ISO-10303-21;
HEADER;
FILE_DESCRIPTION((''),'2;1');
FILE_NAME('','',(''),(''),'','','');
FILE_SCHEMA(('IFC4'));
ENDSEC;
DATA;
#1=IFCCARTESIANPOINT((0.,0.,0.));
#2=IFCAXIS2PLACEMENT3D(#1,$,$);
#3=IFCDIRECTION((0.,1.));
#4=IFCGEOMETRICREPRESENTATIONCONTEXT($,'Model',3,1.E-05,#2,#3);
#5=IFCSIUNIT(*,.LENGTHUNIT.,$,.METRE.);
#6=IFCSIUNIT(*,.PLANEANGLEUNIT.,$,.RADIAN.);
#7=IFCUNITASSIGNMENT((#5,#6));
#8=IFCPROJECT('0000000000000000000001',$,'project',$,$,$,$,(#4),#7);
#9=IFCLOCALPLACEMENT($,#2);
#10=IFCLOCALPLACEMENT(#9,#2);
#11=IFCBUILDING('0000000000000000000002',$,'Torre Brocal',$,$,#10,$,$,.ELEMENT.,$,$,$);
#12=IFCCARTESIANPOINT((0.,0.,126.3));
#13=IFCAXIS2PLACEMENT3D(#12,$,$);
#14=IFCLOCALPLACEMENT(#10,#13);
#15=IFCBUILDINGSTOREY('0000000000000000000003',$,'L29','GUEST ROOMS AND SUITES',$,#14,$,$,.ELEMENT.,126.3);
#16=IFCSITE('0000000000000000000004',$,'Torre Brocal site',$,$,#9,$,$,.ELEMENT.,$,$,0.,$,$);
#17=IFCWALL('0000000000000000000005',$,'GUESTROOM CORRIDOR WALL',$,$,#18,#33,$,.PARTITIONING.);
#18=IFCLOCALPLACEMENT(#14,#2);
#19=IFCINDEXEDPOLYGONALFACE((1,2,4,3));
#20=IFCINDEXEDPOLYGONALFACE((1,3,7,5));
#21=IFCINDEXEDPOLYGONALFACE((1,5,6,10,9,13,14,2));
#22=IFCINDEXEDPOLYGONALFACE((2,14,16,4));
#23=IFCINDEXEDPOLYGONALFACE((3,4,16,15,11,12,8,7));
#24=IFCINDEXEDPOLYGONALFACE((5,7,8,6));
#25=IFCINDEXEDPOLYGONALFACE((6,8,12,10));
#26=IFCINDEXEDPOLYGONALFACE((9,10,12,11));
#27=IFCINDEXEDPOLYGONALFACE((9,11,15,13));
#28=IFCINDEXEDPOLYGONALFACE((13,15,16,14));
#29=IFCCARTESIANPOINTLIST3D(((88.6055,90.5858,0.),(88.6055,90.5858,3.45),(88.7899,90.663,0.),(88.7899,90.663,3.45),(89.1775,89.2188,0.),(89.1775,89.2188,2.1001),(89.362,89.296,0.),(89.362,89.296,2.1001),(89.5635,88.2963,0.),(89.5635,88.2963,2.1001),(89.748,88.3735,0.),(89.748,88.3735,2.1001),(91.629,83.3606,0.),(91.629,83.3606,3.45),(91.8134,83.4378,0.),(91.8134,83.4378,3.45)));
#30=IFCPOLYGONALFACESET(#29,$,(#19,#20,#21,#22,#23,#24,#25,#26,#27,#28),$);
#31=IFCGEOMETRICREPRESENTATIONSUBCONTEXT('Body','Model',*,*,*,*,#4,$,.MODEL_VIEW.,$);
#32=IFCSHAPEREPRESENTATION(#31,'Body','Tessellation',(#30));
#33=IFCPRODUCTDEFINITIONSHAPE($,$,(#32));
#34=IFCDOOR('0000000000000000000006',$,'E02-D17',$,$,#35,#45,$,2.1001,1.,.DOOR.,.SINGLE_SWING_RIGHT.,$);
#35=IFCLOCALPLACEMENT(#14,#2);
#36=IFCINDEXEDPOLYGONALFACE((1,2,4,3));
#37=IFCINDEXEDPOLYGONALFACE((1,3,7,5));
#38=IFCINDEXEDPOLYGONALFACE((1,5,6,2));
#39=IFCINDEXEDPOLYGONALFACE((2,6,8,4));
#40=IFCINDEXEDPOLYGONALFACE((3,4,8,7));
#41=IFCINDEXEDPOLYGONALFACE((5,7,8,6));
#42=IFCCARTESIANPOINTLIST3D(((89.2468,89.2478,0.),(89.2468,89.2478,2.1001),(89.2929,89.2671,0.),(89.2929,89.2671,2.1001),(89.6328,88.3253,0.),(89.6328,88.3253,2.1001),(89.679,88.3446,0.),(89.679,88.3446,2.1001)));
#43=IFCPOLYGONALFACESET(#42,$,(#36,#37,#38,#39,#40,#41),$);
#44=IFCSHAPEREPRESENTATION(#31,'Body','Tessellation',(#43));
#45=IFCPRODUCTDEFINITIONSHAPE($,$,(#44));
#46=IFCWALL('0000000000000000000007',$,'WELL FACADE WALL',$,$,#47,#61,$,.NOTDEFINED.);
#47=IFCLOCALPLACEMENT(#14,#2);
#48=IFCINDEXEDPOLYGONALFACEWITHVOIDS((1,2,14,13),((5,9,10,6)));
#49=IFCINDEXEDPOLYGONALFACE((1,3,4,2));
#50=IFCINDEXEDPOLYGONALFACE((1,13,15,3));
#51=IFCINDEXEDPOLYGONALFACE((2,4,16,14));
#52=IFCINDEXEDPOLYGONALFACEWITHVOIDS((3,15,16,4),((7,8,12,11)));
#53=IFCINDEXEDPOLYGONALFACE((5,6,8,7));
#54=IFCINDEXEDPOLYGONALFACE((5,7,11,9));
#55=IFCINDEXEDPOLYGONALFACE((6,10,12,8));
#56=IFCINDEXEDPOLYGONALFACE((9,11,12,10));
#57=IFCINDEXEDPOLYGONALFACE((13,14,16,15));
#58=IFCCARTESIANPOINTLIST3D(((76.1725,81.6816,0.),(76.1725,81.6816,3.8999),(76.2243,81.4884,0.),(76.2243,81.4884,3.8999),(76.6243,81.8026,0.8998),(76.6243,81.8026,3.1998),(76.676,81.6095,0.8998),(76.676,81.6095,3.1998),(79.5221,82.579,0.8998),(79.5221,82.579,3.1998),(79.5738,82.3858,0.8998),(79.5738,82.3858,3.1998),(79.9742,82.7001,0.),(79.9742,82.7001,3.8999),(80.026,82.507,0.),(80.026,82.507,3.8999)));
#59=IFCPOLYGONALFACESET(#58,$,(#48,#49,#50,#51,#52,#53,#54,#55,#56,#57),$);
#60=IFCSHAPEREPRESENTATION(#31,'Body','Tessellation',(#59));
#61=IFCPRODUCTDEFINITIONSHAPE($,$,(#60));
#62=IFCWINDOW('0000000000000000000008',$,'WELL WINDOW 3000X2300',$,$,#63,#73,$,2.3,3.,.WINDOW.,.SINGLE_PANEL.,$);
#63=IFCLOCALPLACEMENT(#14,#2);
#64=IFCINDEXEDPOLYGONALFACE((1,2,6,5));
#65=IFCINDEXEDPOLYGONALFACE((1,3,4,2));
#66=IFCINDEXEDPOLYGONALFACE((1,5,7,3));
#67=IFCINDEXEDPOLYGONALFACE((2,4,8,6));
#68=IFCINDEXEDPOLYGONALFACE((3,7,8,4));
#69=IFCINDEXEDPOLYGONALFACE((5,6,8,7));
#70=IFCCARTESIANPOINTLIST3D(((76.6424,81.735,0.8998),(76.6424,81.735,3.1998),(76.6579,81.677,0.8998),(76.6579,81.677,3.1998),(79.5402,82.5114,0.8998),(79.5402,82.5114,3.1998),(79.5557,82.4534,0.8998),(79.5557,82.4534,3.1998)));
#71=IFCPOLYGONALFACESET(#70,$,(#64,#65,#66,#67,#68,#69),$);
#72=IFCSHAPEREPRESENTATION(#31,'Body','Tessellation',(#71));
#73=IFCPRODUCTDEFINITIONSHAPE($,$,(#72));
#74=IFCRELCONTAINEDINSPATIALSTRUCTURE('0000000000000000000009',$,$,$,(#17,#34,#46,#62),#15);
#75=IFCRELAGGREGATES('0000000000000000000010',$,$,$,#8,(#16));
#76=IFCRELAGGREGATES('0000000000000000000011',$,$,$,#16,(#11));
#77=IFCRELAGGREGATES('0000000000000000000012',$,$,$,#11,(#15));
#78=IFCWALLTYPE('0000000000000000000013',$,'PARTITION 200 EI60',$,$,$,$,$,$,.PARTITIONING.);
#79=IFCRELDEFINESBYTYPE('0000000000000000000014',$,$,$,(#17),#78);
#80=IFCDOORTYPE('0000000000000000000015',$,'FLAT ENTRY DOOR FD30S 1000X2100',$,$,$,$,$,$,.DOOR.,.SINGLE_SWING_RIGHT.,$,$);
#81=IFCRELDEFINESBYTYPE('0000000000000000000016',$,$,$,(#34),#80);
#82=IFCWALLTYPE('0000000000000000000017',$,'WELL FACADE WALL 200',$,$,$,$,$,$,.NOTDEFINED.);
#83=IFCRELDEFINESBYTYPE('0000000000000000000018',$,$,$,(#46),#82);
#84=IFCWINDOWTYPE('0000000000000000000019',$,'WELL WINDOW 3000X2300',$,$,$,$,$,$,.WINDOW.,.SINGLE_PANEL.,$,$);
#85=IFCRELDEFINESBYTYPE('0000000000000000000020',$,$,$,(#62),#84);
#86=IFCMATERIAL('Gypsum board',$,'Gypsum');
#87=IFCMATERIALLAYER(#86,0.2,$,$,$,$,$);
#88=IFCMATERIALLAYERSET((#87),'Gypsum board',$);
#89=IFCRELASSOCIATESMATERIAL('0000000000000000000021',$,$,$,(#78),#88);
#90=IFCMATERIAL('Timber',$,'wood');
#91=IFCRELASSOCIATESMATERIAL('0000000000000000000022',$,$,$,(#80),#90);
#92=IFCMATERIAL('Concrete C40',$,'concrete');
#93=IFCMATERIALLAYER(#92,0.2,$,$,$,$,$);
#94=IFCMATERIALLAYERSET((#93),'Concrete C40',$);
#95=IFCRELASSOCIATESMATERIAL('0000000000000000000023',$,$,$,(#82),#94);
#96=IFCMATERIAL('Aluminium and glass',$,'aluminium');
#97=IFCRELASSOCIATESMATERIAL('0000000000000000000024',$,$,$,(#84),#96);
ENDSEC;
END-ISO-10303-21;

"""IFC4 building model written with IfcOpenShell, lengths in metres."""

from ifc_helpers import new_model, si_unit, direction, frame, frame_2d, origin, place, context, subcontext, project, spatial, rectangle, extrude, material, layer, layer_set, type_object, element, fill, save


model = new_model("IFC4")

# Units and contexts
model_context = context("Model", 3, precision=1e-05, world=origin(), true_north=direction((0.0, 1.0)))
body_context = subcontext(model_context, "Body", "Model", "MODEL_VIEW")
ifc_project = project(units=[si_unit("LENGTHUNIT", "METRE"), si_unit("PLANEANGLEUNIT", "RADIAN")], contexts=[model_context])

# Site, building, storey
site_placement = place(None, origin())
site = spatial("IfcSite", under=ifc_project, at=site_placement, Name="Torre Brocal site", CompositionType="ELEMENT", RefElevation=0.0)
building_placement = place(site_placement, origin())
building = spatial("IfcBuilding", under=site, at=building_placement, Name="Torre Brocal", CompositionType="ELEMENT")
storey_placement = place(building_placement, frame((0.0, 0.0, 126.3)))
storey = spatial("IfcBuildingStorey", under=building, at=storey_placement, Name="L29", Description="GUEST ROOMS AND SUITES", CompositionType="ELEMENT", Elevation=126.3)

# Shared definitions
ifc_material_1 = material(Name="Gypsum board", Category="Gypsum")
ifc_layer_1 = layer(ifc_material_1, 0.2)
ifc_layer_set_1 = layer_set([ifc_layer_1], Name="Gypsum board")
wall_type_1 = type_object("IfcWallType", Name="PARTITION 200 EI60", PredefinedType="PARTITIONING", material=ifc_layer_set_1)

# Wall, opening, door
wall_1_placement = place(storey_placement, frame((88.6978, 90.6243, 0.0), z_axis=(0.0, 0.0, 1.0), x_axis=(0.386027, -0.922487, 0.0)))
wall_1 = element("IfcWall", 1, at=wall_1_placement, inside=storey, type_object=wall_type_1, Name="GUESTROOM CORRIDOR WALL", PredefinedType="PARTITIONING", context=body_context, shape_type="SweptSolid", body=[
    extrude(rectangle(XDim=7.8323, YDim=0.2, at=frame_2d((3.916, 0.0))), origin(), (0.0, 0.0, 1.0), 3.45),
])
opening_1_placement = place(wall_1_placement, frame((1.4817, 0.0, 0.0)))
opening_1 = element("IfcOpeningElement", 2, at=opening_1_placement, cuts=wall_1, PredefinedType="OPENING", context=body_context, shape_type="SweptSolid", body=[
    extrude(rectangle(XDim=1.0, YDim=2.1001, at=frame_2d((0.5, 1.05))), frame((0.0, 0.1099, 0.0), z_axis=(0.0, -1.0, 0.0), x_axis=(1.0, 0.0, 0.0)), (0.0, 0.0, 1.0), 0.22),
])
ifc_material_2 = material(Name="Timber", Category="wood")
door_type_1 = type_object("IfcDoorType", Name="FLAT ENTRY DOOR FD30S 1000X2100", OperationType="SINGLE_SWING_RIGHT", PredefinedType="DOOR", material=ifc_material_2)
door_1_placement = place(opening_1_placement, frame((1.0, 0.0, 0.0), z_axis=(0.0, 0.0, 1.0), x_axis=(-1.0, 0.0, 0.0)))
door_1 = element("IfcDoor", 3, at=door_1_placement, inside=storey, type_object=door_type_1, Name="E02-D17", OperationType="SINGLE_SWING_RIGHT", OverallHeight=2.1001, OverallWidth=1.0, PredefinedType="DOOR", context=body_context, shape_type="SweptSolid", body=[
    extrude(rectangle(XDim=1.0, YDim=2.1001, at=frame_2d((0.5, 1.05))), frame((0.0, 0.0249, 0.0), z_axis=(0.0, -1.0, 0.0), x_axis=(1.0, 0.0, 0.0)), (0.0, 0.0, 1.0), 0.05),
])
fill(opening_1, door_1)

# Wall, opening, window
ifc_material_3 = material(Name="Concrete C40", Category="concrete")
ifc_layer_2 = layer(ifc_material_3, 0.2)
ifc_layer_set_2 = layer_set([ifc_layer_2], Name="Concrete C40")
wall_type_2 = type_object("IfcWallType", Name="WELL FACADE WALL 200", PredefinedType="NOTDEFINED", material=ifc_layer_set_2)
wall_2_placement = place(storey_placement, frame((80.0, 82.6035, 0.0), z_axis=(0.0, 0.0, 1.0), x_axis=(-0.965934, -0.25879, 0.0)))
wall_2 = element("IfcWall", 4, at=wall_2_placement, inside=storey, type_object=wall_type_2, Name="WELL FACADE WALL", PredefinedType="NOTDEFINED", context=body_context, shape_type="SweptSolid", body=[
    extrude(rectangle(XDim=3.9358, YDim=0.2, at=frame_2d((1.9678, 0.0))), origin(), (0.0, 0.0, 1.0), 3.8999),
])
opening_2_placement = place(wall_2_placement, frame((0.468, 0.0, 0.8999)))
opening_2 = element("IfcOpeningElement", 5, at=opening_2_placement, cuts=wall_2, PredefinedType="OPENING", context=body_context, shape_type="SweptSolid", body=[
    extrude(rectangle(XDim=3.0, YDim=2.3, at=frame_2d((1.5, 1.1499))), frame((0.0, 0.1099, 0.0), z_axis=(0.0, -1.0, 0.0), x_axis=(1.0, 0.0, 0.0)), (0.0, 0.0, 1.0), 0.22),
])
ifc_material_4 = material(Name="Aluminium and glass", Category="aluminium")
window_type = type_object("IfcWindowType", Name="WELL WINDOW 3000X2300", PartitioningType="SINGLE_PANEL", PredefinedType="WINDOW", material=ifc_material_4)
window_placement = place(opening_2_placement, origin())
window = element("IfcWindow", 6, at=window_placement, inside=storey, type_object=window_type, Name="WELL WINDOW 3000X2300", OverallHeight=2.3, OverallWidth=3.0, PartitioningType="SINGLE_PANEL", PredefinedType="WINDOW", context=body_context, shape_type="SweptSolid", body=[
    extrude(rectangle(XDim=3.0, YDim=2.3, at=frame_2d((1.5, 1.1499))), frame((0.0, 0.03, 0.0), z_axis=(0.0, -1.0, 0.0), x_axis=(1.0, 0.0, 0.0)), (0.0, 0.0, 1.0), 0.0601),
])
fill(opening_2, window)

save(model, "model.ifc")
